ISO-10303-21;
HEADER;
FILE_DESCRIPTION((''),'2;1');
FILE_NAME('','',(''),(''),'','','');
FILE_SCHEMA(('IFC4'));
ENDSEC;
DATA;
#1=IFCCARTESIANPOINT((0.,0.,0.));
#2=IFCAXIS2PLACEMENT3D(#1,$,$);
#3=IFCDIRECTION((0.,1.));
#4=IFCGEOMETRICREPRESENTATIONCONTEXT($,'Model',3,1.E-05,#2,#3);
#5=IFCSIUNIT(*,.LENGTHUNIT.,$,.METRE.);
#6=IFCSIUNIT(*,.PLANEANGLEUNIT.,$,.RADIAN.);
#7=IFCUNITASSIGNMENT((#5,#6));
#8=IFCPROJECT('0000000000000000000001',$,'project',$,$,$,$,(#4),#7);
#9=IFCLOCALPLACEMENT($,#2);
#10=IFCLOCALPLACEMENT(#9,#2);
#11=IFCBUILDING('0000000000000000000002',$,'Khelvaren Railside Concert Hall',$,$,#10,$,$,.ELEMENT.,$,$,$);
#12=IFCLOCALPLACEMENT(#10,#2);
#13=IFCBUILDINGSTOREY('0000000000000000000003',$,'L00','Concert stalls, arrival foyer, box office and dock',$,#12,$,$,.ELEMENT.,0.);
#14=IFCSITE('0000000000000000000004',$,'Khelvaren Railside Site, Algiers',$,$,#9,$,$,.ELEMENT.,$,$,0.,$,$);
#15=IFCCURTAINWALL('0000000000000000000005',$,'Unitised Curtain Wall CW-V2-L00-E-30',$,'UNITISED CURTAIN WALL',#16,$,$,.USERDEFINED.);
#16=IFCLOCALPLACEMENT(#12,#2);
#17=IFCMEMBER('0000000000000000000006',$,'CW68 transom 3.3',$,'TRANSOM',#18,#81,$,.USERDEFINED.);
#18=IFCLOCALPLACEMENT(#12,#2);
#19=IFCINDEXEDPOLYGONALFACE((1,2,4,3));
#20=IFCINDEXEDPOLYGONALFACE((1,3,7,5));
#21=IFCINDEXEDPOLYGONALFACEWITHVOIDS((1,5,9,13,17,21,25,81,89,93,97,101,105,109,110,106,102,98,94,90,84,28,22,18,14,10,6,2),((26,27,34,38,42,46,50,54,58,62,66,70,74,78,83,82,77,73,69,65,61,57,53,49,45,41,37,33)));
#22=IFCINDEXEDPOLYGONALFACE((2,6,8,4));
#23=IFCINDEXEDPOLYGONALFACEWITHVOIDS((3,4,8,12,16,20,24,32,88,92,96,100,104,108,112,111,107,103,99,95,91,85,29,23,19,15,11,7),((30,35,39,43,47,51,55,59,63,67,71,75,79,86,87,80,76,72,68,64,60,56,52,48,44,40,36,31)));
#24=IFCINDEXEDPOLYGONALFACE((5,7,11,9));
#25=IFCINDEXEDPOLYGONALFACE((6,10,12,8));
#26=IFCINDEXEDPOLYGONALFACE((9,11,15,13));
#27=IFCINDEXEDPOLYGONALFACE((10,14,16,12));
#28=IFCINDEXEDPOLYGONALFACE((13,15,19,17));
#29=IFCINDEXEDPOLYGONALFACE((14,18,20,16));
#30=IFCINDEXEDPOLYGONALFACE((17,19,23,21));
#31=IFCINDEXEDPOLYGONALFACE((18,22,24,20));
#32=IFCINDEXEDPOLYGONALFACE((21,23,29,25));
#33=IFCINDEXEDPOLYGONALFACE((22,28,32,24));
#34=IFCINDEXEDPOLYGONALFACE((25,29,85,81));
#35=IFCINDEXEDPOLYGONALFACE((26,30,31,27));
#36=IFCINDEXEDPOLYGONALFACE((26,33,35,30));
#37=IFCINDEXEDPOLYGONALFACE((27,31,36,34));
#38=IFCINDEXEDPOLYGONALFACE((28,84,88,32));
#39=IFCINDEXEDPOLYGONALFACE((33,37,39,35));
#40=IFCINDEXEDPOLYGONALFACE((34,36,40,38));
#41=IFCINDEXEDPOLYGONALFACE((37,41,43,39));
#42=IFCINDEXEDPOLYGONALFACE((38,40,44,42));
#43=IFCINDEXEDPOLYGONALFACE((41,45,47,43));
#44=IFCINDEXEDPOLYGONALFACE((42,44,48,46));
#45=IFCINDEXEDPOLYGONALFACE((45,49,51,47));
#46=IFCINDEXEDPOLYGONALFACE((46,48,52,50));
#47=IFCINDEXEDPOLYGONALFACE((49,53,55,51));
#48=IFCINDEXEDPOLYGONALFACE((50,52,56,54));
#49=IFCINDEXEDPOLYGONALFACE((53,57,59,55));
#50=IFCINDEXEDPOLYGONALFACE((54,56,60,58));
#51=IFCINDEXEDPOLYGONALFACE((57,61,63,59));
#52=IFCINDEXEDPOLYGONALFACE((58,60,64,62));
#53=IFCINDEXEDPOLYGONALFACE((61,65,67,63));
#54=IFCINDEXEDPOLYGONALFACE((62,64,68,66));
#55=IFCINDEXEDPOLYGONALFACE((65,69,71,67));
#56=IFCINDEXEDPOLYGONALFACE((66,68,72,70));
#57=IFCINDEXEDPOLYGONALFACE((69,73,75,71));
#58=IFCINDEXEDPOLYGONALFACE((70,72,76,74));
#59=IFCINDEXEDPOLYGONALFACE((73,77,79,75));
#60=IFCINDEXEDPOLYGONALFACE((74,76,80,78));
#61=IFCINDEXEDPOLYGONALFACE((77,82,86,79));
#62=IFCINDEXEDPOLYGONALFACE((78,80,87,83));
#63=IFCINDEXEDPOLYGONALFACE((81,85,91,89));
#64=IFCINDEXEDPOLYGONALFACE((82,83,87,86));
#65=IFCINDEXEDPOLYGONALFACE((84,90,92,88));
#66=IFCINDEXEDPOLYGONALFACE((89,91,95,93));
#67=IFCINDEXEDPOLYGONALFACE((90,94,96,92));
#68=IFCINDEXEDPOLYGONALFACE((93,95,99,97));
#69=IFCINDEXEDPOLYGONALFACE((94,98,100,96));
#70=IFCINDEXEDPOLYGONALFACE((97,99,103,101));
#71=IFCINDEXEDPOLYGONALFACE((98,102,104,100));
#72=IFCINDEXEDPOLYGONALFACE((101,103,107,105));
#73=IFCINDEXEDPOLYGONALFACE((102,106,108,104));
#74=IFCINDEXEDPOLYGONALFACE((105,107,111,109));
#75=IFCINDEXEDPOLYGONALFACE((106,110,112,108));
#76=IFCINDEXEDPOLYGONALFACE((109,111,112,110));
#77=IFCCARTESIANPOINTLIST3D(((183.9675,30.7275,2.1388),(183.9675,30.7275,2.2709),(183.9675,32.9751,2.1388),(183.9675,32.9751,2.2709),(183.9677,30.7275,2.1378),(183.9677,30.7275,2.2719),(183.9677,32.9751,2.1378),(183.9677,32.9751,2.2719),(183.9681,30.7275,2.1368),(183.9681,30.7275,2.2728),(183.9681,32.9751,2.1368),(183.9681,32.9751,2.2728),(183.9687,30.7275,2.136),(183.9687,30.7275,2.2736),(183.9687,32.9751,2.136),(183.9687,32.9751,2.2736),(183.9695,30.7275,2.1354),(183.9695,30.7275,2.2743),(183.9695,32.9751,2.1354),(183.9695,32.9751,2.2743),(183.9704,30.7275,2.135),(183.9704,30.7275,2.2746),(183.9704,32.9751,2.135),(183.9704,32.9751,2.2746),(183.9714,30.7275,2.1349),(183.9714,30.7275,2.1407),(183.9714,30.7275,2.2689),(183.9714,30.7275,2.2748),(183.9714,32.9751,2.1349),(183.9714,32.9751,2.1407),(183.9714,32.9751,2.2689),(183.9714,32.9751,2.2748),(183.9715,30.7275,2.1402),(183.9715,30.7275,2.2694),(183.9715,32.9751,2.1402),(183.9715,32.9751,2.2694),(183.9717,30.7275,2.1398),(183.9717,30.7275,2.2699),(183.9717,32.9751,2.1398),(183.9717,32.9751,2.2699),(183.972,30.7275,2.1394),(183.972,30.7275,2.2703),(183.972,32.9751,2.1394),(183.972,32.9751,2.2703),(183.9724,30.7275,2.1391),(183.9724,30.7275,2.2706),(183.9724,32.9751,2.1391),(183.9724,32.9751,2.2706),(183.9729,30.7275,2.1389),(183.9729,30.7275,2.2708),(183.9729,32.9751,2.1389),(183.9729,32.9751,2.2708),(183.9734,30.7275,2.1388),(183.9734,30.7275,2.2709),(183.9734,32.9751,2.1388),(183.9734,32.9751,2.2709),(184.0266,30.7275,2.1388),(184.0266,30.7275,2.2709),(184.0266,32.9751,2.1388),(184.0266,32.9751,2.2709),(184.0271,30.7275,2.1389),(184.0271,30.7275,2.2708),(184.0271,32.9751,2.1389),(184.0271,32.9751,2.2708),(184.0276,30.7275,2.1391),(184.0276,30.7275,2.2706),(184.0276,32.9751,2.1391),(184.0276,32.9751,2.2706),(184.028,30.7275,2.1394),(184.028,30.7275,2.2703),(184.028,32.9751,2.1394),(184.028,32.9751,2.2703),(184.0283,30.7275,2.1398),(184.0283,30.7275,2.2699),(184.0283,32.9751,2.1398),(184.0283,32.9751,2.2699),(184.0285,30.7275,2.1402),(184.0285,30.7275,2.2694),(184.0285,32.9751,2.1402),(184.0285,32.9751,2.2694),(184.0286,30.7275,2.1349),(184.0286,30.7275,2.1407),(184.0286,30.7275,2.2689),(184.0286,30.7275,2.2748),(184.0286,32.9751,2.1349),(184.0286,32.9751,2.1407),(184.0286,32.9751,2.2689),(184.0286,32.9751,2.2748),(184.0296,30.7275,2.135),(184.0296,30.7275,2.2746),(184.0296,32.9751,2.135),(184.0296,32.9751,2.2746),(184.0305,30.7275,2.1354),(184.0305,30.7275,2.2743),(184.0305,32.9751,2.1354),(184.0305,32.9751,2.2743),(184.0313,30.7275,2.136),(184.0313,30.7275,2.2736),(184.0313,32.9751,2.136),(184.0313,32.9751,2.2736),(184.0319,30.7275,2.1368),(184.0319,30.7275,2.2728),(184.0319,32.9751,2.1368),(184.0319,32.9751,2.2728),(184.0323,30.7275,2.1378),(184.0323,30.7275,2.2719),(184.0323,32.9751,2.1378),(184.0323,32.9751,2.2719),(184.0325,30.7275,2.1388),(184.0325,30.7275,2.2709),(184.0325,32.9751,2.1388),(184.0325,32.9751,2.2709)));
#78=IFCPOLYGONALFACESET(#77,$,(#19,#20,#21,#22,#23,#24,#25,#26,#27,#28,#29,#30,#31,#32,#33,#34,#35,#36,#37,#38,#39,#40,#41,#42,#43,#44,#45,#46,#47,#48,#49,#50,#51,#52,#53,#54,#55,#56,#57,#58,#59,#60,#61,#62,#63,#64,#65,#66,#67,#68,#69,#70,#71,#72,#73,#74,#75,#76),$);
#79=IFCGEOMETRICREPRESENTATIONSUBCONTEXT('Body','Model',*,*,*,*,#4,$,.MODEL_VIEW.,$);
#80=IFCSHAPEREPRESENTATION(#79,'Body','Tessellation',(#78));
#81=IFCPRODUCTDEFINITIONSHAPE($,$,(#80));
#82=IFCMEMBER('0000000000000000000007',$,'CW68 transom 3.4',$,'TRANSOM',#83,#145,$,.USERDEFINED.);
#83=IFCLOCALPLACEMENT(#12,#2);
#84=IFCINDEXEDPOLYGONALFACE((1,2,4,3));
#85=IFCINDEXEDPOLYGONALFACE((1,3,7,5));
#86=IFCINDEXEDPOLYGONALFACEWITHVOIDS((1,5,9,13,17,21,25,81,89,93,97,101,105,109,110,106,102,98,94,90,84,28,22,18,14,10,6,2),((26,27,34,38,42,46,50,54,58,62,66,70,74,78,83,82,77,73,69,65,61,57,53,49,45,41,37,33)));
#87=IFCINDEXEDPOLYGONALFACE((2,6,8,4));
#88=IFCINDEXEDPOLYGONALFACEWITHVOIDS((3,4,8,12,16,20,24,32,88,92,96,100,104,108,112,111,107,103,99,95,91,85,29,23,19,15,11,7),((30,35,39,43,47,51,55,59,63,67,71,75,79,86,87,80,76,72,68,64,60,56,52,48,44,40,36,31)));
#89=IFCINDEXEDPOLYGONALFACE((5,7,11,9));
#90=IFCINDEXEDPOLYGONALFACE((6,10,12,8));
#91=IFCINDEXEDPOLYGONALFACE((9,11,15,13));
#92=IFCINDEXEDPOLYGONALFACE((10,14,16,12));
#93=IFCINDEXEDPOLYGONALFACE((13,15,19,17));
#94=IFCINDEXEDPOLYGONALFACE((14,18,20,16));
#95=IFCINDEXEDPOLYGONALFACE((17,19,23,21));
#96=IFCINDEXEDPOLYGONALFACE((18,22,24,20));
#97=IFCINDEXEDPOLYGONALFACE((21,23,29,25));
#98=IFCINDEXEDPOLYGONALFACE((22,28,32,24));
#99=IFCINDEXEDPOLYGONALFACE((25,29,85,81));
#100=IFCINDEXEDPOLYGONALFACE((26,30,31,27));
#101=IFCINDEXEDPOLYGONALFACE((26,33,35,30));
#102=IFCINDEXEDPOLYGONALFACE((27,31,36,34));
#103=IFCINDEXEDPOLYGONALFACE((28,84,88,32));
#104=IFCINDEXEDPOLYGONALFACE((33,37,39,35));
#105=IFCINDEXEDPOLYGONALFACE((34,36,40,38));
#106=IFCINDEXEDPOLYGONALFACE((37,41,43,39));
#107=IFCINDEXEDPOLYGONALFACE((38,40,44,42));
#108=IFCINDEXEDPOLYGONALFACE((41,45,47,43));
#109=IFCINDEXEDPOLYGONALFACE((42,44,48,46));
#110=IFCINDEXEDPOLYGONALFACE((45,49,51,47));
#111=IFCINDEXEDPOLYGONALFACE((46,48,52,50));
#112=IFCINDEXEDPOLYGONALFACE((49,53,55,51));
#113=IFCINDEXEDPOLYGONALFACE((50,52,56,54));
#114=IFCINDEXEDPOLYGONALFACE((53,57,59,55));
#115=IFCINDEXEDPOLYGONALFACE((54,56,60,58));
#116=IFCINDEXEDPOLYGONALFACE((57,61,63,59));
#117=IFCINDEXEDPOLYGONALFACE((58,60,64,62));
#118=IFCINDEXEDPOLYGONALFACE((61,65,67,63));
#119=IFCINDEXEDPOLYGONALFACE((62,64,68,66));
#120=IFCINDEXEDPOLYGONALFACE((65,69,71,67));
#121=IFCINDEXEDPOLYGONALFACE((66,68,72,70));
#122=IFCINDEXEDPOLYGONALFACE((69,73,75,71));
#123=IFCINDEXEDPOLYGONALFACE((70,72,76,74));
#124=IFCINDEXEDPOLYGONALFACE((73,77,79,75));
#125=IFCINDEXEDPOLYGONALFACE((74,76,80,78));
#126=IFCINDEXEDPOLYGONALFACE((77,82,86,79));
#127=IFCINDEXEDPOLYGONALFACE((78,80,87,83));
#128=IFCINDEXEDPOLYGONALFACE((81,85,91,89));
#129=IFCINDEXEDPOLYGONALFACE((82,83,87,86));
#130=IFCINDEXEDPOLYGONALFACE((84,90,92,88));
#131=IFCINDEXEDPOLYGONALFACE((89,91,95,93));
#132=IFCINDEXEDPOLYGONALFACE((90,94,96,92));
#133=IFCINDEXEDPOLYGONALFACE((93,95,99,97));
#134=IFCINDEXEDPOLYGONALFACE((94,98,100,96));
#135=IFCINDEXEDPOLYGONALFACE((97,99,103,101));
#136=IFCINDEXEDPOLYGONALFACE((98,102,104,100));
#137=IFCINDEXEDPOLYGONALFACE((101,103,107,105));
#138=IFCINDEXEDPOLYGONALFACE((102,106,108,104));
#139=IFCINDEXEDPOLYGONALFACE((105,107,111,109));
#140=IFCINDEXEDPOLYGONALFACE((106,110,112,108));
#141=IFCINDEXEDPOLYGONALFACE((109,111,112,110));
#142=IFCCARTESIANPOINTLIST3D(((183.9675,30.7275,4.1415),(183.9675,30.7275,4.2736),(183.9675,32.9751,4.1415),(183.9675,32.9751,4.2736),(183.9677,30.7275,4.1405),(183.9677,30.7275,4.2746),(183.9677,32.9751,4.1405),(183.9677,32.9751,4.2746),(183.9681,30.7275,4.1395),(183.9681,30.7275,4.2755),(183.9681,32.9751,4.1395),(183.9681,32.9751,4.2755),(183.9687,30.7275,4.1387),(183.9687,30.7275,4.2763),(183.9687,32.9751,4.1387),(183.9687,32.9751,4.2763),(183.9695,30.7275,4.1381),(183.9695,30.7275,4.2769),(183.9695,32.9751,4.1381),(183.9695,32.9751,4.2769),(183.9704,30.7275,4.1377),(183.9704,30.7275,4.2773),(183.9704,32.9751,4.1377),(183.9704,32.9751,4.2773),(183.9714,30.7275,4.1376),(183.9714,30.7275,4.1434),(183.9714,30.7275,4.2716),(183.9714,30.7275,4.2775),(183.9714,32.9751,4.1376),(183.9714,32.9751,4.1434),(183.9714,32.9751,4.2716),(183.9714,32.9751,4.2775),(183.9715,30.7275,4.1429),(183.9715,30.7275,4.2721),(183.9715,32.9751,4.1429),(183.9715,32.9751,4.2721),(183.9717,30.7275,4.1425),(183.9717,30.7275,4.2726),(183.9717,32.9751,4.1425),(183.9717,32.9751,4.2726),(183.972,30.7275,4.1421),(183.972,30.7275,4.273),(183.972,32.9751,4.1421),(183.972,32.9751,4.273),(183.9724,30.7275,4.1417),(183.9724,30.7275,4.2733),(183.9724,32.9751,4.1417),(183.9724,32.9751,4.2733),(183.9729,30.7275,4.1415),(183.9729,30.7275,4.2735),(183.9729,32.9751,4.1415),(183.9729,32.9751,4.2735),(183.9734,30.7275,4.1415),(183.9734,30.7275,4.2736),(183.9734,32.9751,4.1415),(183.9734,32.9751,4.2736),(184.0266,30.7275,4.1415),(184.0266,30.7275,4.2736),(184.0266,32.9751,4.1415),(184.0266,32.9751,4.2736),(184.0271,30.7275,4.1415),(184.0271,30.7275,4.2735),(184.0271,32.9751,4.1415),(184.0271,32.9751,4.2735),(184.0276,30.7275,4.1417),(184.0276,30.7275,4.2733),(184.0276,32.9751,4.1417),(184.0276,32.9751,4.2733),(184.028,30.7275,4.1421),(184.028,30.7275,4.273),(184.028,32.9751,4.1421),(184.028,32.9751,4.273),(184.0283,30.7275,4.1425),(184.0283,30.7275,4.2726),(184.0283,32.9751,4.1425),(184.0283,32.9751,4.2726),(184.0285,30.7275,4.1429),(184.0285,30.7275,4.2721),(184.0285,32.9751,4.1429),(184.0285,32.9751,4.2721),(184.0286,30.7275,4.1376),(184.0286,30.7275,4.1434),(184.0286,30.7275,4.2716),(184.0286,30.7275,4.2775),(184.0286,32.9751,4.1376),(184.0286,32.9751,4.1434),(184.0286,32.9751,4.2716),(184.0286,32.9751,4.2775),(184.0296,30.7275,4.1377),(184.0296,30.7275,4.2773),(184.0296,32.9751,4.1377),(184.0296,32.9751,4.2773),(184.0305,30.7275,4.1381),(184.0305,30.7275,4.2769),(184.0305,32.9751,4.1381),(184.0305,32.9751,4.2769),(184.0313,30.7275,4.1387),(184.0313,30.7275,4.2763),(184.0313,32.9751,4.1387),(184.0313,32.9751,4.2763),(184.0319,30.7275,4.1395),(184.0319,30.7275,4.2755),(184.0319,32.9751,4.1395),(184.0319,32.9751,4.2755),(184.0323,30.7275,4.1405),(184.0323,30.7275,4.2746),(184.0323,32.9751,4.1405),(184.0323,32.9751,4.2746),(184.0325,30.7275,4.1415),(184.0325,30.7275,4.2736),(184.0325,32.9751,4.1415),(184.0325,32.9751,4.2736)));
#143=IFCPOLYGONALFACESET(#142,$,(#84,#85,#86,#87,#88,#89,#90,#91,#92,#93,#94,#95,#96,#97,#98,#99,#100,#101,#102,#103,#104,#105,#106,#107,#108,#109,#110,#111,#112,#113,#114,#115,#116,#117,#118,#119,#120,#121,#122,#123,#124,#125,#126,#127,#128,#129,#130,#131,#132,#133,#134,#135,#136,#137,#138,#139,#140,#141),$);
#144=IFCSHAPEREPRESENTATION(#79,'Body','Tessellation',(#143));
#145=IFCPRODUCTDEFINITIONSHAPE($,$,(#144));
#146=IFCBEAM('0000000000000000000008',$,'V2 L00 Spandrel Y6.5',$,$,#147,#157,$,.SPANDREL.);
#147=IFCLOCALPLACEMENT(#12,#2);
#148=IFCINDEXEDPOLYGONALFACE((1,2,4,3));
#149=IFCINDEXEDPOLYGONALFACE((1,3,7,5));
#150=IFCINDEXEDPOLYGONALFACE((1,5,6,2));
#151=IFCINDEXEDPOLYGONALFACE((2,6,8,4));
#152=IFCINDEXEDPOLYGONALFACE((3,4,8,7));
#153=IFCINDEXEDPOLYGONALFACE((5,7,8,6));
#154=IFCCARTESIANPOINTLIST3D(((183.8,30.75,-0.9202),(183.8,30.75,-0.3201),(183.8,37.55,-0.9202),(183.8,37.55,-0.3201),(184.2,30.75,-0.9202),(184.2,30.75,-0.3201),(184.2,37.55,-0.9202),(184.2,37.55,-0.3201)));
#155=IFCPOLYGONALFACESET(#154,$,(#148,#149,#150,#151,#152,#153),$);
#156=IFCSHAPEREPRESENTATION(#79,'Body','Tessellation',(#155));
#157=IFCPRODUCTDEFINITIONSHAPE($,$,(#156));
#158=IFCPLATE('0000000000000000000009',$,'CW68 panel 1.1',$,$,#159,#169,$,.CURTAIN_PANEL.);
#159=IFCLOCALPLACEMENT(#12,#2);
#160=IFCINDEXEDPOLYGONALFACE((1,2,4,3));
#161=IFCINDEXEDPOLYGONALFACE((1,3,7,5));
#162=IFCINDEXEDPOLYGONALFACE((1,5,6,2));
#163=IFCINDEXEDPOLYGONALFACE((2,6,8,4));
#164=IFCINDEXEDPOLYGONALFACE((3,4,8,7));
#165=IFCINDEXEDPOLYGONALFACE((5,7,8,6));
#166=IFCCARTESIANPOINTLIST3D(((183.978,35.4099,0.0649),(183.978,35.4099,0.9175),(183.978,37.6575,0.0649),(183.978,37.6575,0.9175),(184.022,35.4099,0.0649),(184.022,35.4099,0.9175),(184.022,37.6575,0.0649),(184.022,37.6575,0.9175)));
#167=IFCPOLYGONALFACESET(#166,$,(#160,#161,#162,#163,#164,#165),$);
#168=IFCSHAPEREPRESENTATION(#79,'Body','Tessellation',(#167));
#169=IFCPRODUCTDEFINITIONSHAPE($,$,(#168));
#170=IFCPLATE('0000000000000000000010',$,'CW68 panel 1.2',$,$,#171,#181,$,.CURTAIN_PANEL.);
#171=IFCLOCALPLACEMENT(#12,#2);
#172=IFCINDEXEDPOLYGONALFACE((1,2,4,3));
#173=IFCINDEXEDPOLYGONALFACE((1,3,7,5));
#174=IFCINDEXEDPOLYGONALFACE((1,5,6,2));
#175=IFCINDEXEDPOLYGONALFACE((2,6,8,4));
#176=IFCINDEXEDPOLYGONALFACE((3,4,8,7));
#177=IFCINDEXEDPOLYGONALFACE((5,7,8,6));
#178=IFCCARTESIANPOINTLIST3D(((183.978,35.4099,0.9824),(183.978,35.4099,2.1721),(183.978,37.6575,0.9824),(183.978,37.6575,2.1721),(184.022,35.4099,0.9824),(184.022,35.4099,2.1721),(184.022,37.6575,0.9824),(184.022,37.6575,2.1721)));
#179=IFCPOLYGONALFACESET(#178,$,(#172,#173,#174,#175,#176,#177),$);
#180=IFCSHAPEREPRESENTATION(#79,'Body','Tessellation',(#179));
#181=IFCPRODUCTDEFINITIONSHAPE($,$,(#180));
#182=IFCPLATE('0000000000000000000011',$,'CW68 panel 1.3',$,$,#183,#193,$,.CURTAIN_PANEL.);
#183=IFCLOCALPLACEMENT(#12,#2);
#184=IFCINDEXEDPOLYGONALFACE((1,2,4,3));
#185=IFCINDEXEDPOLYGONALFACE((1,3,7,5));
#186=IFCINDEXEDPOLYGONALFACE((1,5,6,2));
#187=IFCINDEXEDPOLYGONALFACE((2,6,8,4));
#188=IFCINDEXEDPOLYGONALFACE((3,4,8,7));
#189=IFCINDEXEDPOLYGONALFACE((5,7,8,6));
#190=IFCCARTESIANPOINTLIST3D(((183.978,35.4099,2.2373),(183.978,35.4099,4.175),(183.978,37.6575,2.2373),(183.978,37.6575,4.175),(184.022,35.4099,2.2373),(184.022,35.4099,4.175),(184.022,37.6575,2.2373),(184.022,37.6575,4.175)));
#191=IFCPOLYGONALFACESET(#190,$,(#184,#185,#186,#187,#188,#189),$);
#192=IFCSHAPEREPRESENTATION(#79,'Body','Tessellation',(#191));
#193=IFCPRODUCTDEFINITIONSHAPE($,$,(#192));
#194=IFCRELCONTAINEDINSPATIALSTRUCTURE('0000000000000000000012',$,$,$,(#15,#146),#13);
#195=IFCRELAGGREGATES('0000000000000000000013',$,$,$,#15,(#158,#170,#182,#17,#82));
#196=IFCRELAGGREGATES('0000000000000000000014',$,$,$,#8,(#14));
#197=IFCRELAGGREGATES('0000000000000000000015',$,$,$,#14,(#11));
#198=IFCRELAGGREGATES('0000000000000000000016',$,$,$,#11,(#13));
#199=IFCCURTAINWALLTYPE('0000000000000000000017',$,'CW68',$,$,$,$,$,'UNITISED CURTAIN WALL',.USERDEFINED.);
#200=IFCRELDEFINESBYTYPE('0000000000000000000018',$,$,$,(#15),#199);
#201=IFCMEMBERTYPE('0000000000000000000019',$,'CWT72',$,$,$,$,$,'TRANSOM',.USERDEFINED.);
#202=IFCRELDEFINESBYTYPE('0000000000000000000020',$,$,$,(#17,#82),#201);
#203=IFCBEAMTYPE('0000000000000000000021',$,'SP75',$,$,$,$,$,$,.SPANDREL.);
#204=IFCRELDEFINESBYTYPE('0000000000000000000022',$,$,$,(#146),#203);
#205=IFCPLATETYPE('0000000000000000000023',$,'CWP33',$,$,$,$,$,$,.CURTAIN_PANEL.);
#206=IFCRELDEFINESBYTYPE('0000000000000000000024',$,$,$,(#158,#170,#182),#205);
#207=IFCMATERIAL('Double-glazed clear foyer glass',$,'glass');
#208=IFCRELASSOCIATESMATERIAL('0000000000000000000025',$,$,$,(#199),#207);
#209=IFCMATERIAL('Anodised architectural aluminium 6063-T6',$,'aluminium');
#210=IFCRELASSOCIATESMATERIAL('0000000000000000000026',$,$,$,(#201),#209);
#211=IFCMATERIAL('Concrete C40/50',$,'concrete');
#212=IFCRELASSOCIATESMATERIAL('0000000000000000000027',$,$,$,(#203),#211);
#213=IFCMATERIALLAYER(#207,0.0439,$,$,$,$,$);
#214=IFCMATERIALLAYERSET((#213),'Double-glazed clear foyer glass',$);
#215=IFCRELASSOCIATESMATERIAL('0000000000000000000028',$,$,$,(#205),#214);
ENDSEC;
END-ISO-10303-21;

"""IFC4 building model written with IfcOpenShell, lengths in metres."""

from ifc_helpers import new_model, si_unit, direction, frame, origin, origin_2d, place, context, subcontext, project, spatial, rectangle, hollow_rectangle, extrude, material, layer, layer_set, material_profile, profile_set, type_object, element, aggregate, save


model = new_model("IFC4")

# Units and contexts
model_context = context("Model", 3, precision=1e-05, world=origin(), true_north=direction((0.0, 1.0)))
body_context = subcontext(model_context, "Body", "Model", "MODEL_VIEW")
ifc_project = project(units=[si_unit("LENGTHUNIT", "METRE"), si_unit("PLANEANGLEUNIT", "RADIAN")], contexts=[model_context])

# Site, building, storey
site_placement = place(None, origin())
site = spatial("IfcSite", under=ifc_project, at=site_placement, Name="Khelvaren Railside Site, Algiers", CompositionType="ELEMENT", RefElevation=0.0)
building_placement = place(site_placement, origin())
building = spatial("IfcBuilding", under=site, at=building_placement, Name="Khelvaren Railside Concert Hall", CompositionType="ELEMENT")
storey_placement = place(building_placement, origin())
storey = spatial("IfcBuildingStorey", under=building, at=storey_placement, Name="L00", Description="Concert stalls, arrival foyer, box office and dock", CompositionType="ELEMENT", Elevation=0.0)

# Curtain wall
ifc_material_1 = material(Name="Double-glazed clear foyer glass", Category="glass")
curtain_wall_type_1 = type_object("IfcCurtainWallType", Name="CW68", ElementType="UNITISED CURTAIN WALL", PredefinedType="USERDEFINED", material=ifc_material_1)
curtain_wall_1_placement = place(storey_placement, origin())
curtain_wall_1 = element("IfcCurtainWall", 1, at=curtain_wall_1_placement, inside=storey, type_object=curtain_wall_type_1, Name="Unitised Curtain Wall CW-V2-L00-E-30", ObjectType="UNITISED CURTAIN WALL", PredefinedType="USERDEFINED")
ifc_material_2 = material(Name="Anodised architectural aluminium 6063-T6", Category="aluminium")
ifc_material_profile_1 = material_profile(ifc_material_2, hollow_rectangle(XDim=0.0649, YDim=0.1399, WallThickness=0.0039, InnerFilletRadius=0.002, OuterFilletRadius=0.0039, at=origin_2d()), Name="CWT 65x140x4")
ifc_profile_set_1 = profile_set([ifc_material_profile_1], Name="Anodised architectural aluminium 6063-T6")
member_type_1 = type_object("IfcMemberType", Name="CWT72", ElementType="TRANSOM", PredefinedType="USERDEFINED", material=ifc_profile_set_1)

# Members
member_1_placement = place(storey_placement, frame((184.0, 32.9751, 2.2048), z_axis=(0.0, -1.0, 0.0), x_axis=(1.0, 0.0, 0.0)))
member_1 = element("IfcMember", 2, at=member_1_placement, type_object=member_type_1, Name="CW68 transom 3.3", ObjectType="TRANSOM", PredefinedType="USERDEFINED", context=body_context, shape_type="SweptSolid", body=[
    extrude(hollow_rectangle(XDim=0.0649, YDim=0.1399, WallThickness=0.0039, InnerFilletRadius=0.002, OuterFilletRadius=0.0039, at=origin_2d()), origin(), (0.0, 0.0, 1.0), 2.2476),
])
member_2_placement = place(storey_placement, frame((184.0, 32.9751, 4.2075), z_axis=(0.0, -1.0, 0.0), x_axis=(1.0, 0.0, 0.0)))
member_2 = element("IfcMember", 3, at=member_2_placement, type_object=member_type_1, Name="CW68 transom 3.4", ObjectType="TRANSOM", PredefinedType="USERDEFINED", context=body_context, shape_type="SweptSolid", body=[
    extrude(hollow_rectangle(XDim=0.0649, YDim=0.1399, WallThickness=0.0039, InnerFilletRadius=0.002, OuterFilletRadius=0.0039, at=origin_2d()), origin(), (0.0, 0.0, 1.0), 2.2476),
])

# Beam
ifc_material_3 = material(Name="Concrete C40/50", Category="concrete")
ifc_material_profile_2 = material_profile(ifc_material_3, rectangle(XDim=0.3999, YDim=0.6001, at=origin_2d()), Name="RCB 400x600")
ifc_profile_set_2 = profile_set([ifc_material_profile_2], Name="Concrete C40/50")
beam_type = type_object("IfcBeamType", Name="SP75", PredefinedType="SPANDREL", material=ifc_profile_set_2)
beam_placement = place(storey_placement, frame((184.0, 30.75, -0.6201), z_axis=(0.0, 1.0, 0.0), x_axis=(-1.0, 0.0, 0.0)))
element("IfcBeam", 4, at=beam_placement, inside=storey, type_object=beam_type, Name="V2 L00 Spandrel Y6.5", PredefinedType="SPANDREL", context=body_context, shape_type="SweptSolid", body=[
    extrude(rectangle(XDim=0.3999, YDim=0.6001, at=origin_2d()), origin(), (0.0, 0.0, 1.0), 6.8),
])

# Plates
ifc_layer_1 = layer(ifc_material_1, 0.0439)
ifc_layer_set_1 = layer_set([ifc_layer_1], Name="Double-glazed clear foyer glass")
plate_type_1 = type_object("IfcPlateType", Name="CWP33", PredefinedType="CURTAIN_PANEL", material=ifc_layer_set_1)
plate_1_placement = place(storey_placement, frame((184.0, 36.5337, 0.0649), z_axis=(0.0, 0.0, 1.0), x_axis=(0.0, -1.0, 0.0)))
plate_1 = element("IfcPlate", 5, at=plate_1_placement, type_object=plate_type_1, Name="CW68 panel 1.1", PredefinedType="CURTAIN_PANEL", context=body_context, shape_type="SweptSolid", body=[
    extrude(rectangle(XDim=2.2476, YDim=0.0439, at=origin_2d()), origin(), (0.0, 0.0, 1.0), 0.8525),
])
plate_2_placement = place(storey_placement, frame((184.0, 36.5337, 0.9824), z_axis=(0.0, 0.0, 1.0), x_axis=(0.0, -1.0, 0.0)))
plate_2 = element("IfcPlate", 6, at=plate_2_placement, type_object=plate_type_1, Name="CW68 panel 1.2", PredefinedType="CURTAIN_PANEL", context=body_context, shape_type="SweptSolid", body=[
    extrude(rectangle(XDim=2.2476, YDim=0.0439, at=origin_2d()), origin(), (0.0, 0.0, 1.0), 1.1897),
])
plate_3_placement = place(storey_placement, frame((184.0, 36.5337, 2.2373), z_axis=(0.0, 0.0, 1.0), x_axis=(0.0, -1.0, 0.0)))
plate_3 = element("IfcPlate", 7, at=plate_3_placement, type_object=plate_type_1, Name="CW68 panel 1.3", PredefinedType="CURTAIN_PANEL", context=body_context, shape_type="SweptSolid", body=[
    extrude(rectangle(XDim=2.2476, YDim=0.0439, at=origin_2d()), origin(), (0.0, 0.0, 1.0), 1.9377),
])
aggregate(curtain_wall_1, [plate_1, plate_2, plate_3, member_1, member_2])

save(model, "model.ifc")
